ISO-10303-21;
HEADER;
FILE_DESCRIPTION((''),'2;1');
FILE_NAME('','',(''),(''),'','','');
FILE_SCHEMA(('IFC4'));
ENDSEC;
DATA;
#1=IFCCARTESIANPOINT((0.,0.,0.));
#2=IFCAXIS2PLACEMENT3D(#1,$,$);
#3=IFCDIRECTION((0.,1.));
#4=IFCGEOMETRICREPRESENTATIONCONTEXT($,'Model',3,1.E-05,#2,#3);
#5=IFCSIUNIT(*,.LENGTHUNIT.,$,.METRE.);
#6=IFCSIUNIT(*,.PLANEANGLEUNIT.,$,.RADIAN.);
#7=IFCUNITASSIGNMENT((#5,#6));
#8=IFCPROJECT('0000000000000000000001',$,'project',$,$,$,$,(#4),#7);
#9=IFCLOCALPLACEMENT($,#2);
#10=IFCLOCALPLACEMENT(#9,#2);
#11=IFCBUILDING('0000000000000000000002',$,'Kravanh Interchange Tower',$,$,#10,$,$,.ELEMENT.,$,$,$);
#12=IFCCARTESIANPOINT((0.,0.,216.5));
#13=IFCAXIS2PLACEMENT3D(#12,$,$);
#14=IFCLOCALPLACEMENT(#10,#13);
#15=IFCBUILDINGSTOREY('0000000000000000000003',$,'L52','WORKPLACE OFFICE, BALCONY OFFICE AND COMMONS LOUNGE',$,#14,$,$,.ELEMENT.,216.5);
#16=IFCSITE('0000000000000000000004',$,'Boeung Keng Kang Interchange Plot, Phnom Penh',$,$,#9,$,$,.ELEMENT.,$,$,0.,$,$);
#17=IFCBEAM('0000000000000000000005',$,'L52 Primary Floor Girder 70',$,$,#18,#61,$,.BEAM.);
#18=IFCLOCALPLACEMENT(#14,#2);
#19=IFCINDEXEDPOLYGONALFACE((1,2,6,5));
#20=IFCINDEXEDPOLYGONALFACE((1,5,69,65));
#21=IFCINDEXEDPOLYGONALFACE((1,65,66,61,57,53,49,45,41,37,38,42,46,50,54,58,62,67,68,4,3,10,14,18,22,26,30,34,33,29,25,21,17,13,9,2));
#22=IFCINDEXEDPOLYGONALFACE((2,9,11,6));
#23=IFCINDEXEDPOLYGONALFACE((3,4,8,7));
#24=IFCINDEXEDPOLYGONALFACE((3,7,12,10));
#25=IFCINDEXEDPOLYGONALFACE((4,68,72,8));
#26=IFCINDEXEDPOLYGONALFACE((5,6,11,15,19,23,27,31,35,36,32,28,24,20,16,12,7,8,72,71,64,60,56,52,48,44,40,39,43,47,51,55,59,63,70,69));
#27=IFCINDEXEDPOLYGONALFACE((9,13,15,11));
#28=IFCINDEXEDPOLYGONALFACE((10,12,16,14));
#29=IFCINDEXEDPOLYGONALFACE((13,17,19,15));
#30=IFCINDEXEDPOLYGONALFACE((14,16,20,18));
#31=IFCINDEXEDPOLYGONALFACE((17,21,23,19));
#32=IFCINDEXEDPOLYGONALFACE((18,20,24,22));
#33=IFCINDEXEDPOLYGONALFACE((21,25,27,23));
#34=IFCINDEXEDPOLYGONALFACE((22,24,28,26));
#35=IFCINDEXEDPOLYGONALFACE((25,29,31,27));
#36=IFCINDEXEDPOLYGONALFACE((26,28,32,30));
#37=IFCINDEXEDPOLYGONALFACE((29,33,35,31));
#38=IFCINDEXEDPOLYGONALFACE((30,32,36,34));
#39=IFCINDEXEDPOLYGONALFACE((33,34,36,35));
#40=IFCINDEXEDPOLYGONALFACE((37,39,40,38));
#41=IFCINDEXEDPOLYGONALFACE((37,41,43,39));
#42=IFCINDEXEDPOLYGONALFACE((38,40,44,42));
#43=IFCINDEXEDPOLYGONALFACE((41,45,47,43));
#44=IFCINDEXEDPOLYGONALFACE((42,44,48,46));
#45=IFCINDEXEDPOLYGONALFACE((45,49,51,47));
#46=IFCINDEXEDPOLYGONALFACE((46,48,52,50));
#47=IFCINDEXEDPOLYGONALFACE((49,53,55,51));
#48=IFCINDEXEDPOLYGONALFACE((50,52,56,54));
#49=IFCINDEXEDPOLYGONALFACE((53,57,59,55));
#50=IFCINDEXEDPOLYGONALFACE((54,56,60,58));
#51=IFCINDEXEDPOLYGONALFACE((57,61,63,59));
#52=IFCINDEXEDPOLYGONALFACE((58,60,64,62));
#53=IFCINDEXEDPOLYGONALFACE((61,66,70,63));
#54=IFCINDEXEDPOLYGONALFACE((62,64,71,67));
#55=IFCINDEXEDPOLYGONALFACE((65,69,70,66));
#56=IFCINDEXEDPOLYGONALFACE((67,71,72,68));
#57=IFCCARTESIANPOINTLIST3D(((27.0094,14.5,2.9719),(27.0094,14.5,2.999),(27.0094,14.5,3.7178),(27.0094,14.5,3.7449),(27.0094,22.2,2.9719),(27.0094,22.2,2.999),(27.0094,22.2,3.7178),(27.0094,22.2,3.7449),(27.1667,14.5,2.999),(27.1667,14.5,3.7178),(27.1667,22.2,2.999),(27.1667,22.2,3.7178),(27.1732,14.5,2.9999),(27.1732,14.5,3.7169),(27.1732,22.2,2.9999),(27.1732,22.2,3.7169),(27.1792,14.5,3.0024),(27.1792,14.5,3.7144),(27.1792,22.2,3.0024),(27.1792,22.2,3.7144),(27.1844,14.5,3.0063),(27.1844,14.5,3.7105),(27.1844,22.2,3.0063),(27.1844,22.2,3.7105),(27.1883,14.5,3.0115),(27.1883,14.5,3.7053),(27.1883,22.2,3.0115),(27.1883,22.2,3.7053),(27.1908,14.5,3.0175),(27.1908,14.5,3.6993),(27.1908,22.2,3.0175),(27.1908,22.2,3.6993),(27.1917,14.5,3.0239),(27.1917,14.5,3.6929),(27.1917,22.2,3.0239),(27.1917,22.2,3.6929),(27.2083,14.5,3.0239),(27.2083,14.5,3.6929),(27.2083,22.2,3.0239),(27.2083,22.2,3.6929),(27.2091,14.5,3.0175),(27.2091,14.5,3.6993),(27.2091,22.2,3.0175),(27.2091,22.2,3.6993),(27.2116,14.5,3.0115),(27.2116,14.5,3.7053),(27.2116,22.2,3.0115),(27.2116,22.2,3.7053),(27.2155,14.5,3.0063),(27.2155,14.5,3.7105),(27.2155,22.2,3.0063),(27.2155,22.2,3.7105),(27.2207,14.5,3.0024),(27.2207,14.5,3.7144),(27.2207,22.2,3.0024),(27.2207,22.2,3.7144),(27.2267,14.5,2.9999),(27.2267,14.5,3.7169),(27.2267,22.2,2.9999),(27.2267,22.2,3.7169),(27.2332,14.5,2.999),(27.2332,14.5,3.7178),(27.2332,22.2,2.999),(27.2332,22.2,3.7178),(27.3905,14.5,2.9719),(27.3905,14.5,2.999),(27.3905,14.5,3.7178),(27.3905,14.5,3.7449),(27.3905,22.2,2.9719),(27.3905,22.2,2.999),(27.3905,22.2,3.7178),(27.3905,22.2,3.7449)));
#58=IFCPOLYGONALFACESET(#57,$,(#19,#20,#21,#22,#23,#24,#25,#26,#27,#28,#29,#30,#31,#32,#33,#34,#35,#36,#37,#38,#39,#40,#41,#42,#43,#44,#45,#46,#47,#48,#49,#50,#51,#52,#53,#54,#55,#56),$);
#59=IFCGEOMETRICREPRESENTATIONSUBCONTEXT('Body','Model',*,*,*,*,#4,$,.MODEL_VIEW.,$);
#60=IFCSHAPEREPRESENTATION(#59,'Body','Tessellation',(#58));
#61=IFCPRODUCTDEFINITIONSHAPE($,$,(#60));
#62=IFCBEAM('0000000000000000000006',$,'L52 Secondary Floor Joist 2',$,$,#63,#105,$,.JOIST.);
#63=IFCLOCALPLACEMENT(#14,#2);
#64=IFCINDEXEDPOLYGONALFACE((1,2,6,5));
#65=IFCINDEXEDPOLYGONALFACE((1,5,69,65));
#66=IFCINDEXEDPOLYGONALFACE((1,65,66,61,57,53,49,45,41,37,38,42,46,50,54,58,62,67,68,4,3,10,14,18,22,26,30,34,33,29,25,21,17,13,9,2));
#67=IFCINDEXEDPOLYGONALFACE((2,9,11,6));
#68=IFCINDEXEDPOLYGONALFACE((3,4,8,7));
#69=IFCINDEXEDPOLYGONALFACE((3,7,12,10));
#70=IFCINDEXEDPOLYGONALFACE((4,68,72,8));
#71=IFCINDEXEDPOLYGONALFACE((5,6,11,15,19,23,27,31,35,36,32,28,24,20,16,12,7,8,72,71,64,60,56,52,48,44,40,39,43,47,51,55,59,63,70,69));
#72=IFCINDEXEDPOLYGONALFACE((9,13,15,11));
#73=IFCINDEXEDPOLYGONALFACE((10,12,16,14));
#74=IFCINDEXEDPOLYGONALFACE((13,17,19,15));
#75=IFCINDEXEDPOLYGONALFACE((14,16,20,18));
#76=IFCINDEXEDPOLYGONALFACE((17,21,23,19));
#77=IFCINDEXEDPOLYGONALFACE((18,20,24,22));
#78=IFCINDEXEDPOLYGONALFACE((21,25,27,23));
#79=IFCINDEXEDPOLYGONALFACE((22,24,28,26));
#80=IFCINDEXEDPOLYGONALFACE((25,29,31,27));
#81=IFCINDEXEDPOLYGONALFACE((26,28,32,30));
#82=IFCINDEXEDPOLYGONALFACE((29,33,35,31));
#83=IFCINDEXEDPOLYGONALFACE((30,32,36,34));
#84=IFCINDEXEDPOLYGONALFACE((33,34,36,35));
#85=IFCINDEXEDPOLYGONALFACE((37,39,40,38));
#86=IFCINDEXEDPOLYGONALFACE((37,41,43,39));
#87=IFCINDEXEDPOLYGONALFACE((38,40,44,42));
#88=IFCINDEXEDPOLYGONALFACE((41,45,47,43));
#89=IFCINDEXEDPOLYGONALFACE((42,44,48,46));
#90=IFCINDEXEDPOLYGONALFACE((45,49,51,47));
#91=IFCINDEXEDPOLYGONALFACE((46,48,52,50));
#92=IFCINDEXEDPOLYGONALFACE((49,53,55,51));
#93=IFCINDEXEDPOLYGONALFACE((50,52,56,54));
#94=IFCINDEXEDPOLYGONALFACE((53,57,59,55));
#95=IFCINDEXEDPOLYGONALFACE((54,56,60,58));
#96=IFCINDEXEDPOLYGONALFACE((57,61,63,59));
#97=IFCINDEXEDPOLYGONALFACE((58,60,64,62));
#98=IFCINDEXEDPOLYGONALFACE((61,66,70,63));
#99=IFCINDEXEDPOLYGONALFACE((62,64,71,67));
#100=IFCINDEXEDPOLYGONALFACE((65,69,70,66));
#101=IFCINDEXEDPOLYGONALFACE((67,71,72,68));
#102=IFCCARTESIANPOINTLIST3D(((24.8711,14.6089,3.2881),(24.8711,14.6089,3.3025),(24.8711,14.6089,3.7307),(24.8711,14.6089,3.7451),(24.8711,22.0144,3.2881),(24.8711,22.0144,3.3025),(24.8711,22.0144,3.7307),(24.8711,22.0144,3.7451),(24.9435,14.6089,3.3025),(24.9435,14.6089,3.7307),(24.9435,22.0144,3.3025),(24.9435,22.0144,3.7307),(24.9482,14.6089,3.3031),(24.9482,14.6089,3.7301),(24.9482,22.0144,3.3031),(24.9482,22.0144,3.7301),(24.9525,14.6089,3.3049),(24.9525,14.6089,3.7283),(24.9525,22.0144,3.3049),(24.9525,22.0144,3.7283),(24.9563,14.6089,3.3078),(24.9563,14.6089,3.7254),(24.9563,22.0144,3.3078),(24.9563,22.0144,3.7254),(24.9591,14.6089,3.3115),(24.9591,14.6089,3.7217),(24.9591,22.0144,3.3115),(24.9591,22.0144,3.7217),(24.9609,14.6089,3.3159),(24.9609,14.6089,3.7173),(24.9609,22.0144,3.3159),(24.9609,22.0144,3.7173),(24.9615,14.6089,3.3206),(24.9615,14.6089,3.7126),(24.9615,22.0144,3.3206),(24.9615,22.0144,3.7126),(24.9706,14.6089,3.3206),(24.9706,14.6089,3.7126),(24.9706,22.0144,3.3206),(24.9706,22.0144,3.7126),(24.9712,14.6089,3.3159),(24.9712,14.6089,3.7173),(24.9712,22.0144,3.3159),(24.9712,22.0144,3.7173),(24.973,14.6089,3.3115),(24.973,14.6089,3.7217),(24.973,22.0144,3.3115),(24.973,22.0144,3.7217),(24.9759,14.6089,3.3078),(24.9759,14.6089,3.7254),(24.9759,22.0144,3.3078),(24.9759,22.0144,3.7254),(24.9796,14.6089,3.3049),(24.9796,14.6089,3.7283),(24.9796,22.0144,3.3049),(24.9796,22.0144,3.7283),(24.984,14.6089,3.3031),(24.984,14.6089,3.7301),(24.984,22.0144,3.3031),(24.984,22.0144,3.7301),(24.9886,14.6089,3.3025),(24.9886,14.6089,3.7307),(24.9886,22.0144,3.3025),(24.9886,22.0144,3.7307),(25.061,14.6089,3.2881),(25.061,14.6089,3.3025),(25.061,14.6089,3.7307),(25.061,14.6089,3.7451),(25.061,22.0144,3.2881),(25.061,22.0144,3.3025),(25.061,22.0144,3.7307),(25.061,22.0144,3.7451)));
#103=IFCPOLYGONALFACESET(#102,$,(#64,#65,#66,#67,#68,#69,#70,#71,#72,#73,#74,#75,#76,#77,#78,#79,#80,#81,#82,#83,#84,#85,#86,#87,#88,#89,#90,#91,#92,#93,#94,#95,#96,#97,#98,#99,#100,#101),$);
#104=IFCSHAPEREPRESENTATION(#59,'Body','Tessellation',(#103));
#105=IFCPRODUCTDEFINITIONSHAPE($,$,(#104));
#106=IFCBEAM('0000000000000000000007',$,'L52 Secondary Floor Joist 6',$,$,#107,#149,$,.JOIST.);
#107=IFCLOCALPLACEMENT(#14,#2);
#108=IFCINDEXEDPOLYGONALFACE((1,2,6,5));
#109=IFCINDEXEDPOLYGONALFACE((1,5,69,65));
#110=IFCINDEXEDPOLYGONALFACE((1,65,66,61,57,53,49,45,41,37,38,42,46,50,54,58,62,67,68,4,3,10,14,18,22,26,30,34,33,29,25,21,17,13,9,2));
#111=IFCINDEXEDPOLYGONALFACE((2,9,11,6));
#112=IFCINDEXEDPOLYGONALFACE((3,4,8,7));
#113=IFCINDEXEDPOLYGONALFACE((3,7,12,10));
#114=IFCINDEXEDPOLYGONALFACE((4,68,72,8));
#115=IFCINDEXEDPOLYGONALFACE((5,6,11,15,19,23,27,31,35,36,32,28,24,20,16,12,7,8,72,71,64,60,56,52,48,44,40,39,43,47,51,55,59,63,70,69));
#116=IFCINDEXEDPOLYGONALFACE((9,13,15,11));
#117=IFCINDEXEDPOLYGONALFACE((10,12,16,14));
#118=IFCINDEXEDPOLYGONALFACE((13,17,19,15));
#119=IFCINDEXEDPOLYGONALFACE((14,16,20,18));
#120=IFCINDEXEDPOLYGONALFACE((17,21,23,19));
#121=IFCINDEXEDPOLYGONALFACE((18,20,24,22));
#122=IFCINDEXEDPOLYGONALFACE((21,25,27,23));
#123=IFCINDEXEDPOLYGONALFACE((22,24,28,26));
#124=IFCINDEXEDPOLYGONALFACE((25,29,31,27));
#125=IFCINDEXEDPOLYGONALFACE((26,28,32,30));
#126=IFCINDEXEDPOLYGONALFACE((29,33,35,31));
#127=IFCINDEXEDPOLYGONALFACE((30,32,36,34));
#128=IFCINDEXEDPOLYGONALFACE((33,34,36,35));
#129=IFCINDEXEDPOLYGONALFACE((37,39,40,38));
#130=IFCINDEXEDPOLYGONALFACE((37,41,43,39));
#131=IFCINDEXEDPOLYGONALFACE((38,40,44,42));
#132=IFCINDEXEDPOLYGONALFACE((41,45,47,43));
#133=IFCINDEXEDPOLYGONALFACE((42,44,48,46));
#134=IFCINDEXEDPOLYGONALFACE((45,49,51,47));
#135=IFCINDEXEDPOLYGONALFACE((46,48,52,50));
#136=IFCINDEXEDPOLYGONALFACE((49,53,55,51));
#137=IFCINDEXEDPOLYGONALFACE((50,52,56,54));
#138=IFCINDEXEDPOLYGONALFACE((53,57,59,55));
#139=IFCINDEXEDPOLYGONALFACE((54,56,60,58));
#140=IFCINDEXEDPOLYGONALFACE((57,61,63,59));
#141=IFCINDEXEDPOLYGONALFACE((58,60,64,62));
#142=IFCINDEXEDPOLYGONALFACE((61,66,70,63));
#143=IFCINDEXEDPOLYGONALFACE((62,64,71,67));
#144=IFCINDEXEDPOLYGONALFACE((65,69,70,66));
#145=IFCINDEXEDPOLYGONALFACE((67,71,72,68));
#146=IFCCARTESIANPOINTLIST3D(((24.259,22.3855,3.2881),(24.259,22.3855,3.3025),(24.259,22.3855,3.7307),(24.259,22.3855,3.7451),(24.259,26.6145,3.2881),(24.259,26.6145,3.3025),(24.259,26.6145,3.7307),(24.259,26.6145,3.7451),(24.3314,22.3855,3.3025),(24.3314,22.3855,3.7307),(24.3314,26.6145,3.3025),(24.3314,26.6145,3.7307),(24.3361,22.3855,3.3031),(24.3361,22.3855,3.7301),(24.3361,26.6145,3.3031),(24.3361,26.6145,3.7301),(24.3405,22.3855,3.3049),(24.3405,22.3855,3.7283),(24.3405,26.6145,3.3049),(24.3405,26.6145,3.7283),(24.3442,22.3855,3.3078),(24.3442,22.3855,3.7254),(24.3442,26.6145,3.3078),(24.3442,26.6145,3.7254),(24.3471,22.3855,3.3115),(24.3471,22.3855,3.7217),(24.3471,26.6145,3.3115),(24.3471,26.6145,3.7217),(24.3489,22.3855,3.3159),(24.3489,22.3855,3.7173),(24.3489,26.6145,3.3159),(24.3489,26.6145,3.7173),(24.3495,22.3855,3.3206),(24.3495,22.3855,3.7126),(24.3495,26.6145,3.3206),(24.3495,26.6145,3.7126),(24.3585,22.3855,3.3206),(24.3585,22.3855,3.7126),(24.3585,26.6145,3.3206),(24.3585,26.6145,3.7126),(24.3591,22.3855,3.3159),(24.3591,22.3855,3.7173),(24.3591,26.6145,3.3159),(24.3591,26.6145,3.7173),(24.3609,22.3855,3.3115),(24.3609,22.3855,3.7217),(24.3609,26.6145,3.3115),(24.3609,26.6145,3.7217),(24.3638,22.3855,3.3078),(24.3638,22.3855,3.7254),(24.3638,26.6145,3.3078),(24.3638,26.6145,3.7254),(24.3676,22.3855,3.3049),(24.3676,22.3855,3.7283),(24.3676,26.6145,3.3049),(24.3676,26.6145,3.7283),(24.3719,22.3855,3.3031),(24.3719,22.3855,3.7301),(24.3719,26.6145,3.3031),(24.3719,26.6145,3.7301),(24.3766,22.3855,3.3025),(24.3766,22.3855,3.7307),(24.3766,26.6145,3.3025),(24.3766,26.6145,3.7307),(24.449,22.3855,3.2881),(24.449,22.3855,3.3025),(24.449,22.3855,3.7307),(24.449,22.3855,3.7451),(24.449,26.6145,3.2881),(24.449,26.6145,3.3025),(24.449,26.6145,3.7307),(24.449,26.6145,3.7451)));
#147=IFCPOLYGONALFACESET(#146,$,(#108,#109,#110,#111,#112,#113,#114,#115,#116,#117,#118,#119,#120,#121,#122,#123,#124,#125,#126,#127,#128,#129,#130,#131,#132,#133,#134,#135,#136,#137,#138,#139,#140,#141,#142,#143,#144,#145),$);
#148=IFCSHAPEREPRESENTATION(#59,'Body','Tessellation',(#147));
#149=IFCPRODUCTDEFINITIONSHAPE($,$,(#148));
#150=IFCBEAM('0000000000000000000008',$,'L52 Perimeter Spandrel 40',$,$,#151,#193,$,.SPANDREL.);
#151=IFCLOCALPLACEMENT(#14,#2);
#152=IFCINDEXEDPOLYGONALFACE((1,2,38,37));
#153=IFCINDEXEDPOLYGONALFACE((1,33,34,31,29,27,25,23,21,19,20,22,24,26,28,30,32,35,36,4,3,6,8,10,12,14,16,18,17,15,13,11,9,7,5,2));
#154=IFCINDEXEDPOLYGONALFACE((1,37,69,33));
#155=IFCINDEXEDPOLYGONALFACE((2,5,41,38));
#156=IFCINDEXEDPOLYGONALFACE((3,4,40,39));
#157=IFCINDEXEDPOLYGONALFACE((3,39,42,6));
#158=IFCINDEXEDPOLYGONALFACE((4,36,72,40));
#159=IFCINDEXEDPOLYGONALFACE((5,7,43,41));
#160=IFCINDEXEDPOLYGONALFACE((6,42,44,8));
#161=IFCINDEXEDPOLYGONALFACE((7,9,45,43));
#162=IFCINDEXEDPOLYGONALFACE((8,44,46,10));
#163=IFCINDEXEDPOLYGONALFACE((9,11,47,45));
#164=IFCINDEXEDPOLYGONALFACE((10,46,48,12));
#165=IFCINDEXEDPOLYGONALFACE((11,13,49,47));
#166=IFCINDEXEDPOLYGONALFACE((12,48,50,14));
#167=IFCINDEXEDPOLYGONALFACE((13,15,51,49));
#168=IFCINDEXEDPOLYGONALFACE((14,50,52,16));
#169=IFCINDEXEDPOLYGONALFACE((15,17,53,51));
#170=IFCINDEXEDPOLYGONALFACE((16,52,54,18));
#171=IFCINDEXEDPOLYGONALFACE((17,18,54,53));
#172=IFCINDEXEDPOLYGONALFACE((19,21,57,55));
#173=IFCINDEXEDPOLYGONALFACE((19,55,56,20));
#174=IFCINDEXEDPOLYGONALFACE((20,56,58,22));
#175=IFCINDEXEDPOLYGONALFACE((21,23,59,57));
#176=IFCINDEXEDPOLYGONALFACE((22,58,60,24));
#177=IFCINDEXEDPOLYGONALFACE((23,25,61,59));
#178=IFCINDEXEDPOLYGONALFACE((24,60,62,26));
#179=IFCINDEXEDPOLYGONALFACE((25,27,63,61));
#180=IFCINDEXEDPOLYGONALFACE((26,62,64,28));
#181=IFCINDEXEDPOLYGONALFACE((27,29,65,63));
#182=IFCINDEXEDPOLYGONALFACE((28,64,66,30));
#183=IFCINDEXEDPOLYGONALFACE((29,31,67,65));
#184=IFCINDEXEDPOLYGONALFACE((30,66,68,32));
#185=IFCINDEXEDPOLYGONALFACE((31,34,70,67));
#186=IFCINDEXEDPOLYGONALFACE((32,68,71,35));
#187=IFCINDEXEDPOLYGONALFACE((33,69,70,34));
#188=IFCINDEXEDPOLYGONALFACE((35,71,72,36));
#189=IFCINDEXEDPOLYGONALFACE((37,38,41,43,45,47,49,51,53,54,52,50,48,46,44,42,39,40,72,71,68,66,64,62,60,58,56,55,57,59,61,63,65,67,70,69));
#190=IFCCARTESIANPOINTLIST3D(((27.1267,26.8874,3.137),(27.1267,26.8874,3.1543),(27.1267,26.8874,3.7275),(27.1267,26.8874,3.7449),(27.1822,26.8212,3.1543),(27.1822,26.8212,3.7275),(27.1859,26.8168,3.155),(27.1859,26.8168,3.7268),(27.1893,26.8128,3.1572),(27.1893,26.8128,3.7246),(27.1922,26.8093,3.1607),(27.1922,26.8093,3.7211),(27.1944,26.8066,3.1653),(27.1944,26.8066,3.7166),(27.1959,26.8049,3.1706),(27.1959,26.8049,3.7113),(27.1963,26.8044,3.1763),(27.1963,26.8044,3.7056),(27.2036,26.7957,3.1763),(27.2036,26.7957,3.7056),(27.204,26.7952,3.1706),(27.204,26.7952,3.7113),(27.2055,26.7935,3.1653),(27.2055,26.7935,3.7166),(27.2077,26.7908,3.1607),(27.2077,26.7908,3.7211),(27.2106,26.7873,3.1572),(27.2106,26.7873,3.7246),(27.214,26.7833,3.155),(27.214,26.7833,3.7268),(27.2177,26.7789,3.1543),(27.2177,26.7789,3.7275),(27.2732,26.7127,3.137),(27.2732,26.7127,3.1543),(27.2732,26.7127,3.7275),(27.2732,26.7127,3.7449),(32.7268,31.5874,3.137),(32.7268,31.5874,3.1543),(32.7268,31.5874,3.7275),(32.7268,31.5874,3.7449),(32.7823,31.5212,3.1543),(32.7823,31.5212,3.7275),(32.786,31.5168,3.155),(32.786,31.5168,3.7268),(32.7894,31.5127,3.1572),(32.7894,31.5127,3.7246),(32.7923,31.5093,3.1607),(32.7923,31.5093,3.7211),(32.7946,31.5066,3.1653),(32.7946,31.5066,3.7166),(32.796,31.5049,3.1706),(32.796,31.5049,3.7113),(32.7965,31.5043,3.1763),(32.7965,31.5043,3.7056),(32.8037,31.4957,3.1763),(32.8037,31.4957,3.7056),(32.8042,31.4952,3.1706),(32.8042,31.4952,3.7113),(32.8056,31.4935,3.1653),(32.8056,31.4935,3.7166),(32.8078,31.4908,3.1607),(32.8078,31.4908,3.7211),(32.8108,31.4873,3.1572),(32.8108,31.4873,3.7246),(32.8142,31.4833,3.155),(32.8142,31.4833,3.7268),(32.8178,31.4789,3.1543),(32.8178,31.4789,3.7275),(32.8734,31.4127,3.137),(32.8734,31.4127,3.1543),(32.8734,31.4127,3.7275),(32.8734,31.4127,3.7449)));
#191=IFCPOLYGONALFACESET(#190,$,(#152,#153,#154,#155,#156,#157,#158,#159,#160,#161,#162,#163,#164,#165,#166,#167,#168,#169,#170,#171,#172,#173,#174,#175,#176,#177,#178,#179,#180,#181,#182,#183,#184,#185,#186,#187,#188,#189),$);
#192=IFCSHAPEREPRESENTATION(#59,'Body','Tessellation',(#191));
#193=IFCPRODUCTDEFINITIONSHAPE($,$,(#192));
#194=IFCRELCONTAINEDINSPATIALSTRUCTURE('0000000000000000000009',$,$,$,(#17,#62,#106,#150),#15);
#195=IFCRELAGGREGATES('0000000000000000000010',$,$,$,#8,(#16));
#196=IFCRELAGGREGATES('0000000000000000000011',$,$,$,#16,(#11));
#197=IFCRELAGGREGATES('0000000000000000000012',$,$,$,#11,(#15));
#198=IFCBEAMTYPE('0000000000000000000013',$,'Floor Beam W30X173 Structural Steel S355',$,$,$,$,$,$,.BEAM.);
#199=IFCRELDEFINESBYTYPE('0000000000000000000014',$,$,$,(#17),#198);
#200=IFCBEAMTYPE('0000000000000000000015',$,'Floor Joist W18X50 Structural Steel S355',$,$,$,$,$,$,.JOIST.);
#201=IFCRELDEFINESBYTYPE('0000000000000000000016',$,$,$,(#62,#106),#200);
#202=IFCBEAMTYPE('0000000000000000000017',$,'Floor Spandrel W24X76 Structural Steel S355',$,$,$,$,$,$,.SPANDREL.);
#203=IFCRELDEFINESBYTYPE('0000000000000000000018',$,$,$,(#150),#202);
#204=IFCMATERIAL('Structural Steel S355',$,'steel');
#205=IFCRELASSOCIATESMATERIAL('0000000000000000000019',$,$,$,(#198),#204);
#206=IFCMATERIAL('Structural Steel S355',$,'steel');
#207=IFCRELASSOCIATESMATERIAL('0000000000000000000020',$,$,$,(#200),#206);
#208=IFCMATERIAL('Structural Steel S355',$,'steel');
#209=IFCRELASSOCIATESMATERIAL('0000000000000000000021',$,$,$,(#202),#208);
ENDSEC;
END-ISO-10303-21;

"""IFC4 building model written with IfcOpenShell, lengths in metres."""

from ifc_helpers import new_model, si_unit, direction, frame, origin, origin_2d, place, context, subcontext, project, spatial, i_section, extrude, material, material_profile, profile_set, type_object, element, save


model = new_model("IFC4")

# Units and contexts
model_context = context("Model", 3, precision=1e-05, world=origin(), true_north=direction((0.0, 1.0)))
body_context = subcontext(model_context, "Body", "Model", "MODEL_VIEW")
ifc_project = project(units=[si_unit("LENGTHUNIT", "METRE"), si_unit("PLANEANGLEUNIT", "RADIAN")], contexts=[model_context])

# Site, building, storey
site_placement = place(None, origin())
site = spatial("IfcSite", under=ifc_project, at=site_placement, Name="Boeung Keng Kang Interchange Plot, Phnom Penh", CompositionType="ELEMENT", RefElevation=0.0)
building_placement = place(site_placement, origin())
building = spatial("IfcBuilding", under=site, at=building_placement, Name="Kravanh Interchange Tower", CompositionType="ELEMENT")
storey_placement = place(building_placement, frame((0.0, 0.0, 216.5)))
storey = spatial("IfcBuildingStorey", under=building, at=storey_placement, Name="L52", Description="WORKPLACE OFFICE, BALCONY OFFICE AND COMMONS LOUNGE", CompositionType="ELEMENT", Elevation=216.5)

# Beams
ifc_material_1 = material(Name="Structural Steel S355", Category="steel")
ifc_material_profile_1 = material_profile(ifc_material_1, i_section(OverallWidth=0.3811, OverallDepth=0.7729, WebThickness=0.0166, FlangeThickness=0.0271, FilletRadius=0.0249, at=origin_2d()), Name="W30X173")
ifc_profile_set_1 = profile_set([ifc_material_profile_1], Name="Structural Steel S355")
beam_type_1 = type_object("IfcBeamType", Name="Floor Beam W30X173 Structural Steel S355", PredefinedType="BEAM", material=ifc_profile_set_1)
beam_1_placement = place(storey_placement, frame((27.2, 14.5, 3.3584), z_axis=(0.0, 1.0, 0.0), x_axis=(-1.0, 0.0, 0.0)))
element("IfcBeam", 1, at=beam_1_placement, inside=storey, type_object=beam_type_1, Name="L52 Primary Floor Girder 70", PredefinedType="BEAM", context=body_context, shape_type="SweptSolid", body=[
    extrude(i_section(OverallWidth=0.3811, OverallDepth=0.7729, WebThickness=0.0166, FlangeThickness=0.0271, FilletRadius=0.0249, at=origin_2d()), origin(), (0.0, 0.0, 1.0), 7.7),
])
ifc_material_2 = material(Name="Structural Steel S355", Category="steel")
ifc_material_profile_2 = material_profile(ifc_material_2, i_section(OverallWidth=0.1899, OverallDepth=0.457, WebThickness=0.009, FlangeThickness=0.0144, FilletRadius=0.0181, at=origin_2d()), Name="W18X50")
ifc_profile_set_2 = profile_set([ifc_material_profile_2], Name="Structural Steel S355")
beam_type_2 = type_object("IfcBeamType", Name="Floor Joist W18X50 Structural Steel S355", PredefinedType="JOIST", material=ifc_profile_set_2)
beam_2_placement = place(storey_placement, frame((24.9661, 14.6089, 3.5166), z_axis=(0.0, 1.0, 0.0), x_axis=(-1.0, 0.0, 0.0)))
element("IfcBeam", 2, at=beam_2_placement, inside=storey, type_object=beam_type_2, Name="L52 Secondary Floor Joist 2", PredefinedType="JOIST", context=body_context, shape_type="SweptSolid", body=[
    extrude(i_section(OverallWidth=0.1899, OverallDepth=0.457, WebThickness=0.009, FlangeThickness=0.0144, FilletRadius=0.0181, at=origin_2d()), origin(), (0.0, 0.0, 1.0), 7.4055),
])
beam_3_placement = place(storey_placement, frame((24.354, 22.3855, 3.5166), z_axis=(0.0, 1.0, 0.0), x_axis=(-1.0, 0.0, 0.0)))
element("IfcBeam", 3, at=beam_3_placement, inside=storey, type_object=beam_type_2, Name="L52 Secondary Floor Joist 6", PredefinedType="JOIST", context=body_context, shape_type="SweptSolid", body=[
    extrude(i_section(OverallWidth=0.1899, OverallDepth=0.457, WebThickness=0.009, FlangeThickness=0.0144, FilletRadius=0.0181, at=origin_2d()), origin(), (0.0, 0.0, 1.0), 4.229),
])
ifc_material_3 = material(Name="Structural Steel S355", Category="steel")
ifc_material_profile_3 = material_profile(ifc_material_3, i_section(OverallWidth=0.228, OverallDepth=0.6079, WebThickness=0.0112, FlangeThickness=0.0173, FilletRadius=0.022, at=origin_2d()), Name="W24X76")
ifc_profile_set_3 = profile_set([ifc_material_profile_3], Name="Structural Steel S355")
beam_type_3 = type_object("IfcBeamType", Name="Floor Spandrel W24X76 Structural Steel S355", PredefinedType="SPANDREL", material=ifc_profile_set_3)
beam_4_placement = place(storey_placement, frame((27.2, 26.8, 3.4409), z_axis=(0.765983, 0.642861, 0.0), x_axis=(-0.642861, 0.765983, 0.0)))
element("IfcBeam", 4, at=beam_4_placement, inside=storey, type_object=beam_type_3, Name="L52 Perimeter Spandrel 40", PredefinedType="SPANDREL", context=body_context, shape_type="SweptSolid", body=[
    extrude(i_section(OverallWidth=0.228, OverallDepth=0.6079, WebThickness=0.0112, FlangeThickness=0.0173, FilletRadius=0.022, at=origin_2d()), origin(), (0.0, 0.0, 1.0), 7.311),
])

save(model, "model.ifc")
